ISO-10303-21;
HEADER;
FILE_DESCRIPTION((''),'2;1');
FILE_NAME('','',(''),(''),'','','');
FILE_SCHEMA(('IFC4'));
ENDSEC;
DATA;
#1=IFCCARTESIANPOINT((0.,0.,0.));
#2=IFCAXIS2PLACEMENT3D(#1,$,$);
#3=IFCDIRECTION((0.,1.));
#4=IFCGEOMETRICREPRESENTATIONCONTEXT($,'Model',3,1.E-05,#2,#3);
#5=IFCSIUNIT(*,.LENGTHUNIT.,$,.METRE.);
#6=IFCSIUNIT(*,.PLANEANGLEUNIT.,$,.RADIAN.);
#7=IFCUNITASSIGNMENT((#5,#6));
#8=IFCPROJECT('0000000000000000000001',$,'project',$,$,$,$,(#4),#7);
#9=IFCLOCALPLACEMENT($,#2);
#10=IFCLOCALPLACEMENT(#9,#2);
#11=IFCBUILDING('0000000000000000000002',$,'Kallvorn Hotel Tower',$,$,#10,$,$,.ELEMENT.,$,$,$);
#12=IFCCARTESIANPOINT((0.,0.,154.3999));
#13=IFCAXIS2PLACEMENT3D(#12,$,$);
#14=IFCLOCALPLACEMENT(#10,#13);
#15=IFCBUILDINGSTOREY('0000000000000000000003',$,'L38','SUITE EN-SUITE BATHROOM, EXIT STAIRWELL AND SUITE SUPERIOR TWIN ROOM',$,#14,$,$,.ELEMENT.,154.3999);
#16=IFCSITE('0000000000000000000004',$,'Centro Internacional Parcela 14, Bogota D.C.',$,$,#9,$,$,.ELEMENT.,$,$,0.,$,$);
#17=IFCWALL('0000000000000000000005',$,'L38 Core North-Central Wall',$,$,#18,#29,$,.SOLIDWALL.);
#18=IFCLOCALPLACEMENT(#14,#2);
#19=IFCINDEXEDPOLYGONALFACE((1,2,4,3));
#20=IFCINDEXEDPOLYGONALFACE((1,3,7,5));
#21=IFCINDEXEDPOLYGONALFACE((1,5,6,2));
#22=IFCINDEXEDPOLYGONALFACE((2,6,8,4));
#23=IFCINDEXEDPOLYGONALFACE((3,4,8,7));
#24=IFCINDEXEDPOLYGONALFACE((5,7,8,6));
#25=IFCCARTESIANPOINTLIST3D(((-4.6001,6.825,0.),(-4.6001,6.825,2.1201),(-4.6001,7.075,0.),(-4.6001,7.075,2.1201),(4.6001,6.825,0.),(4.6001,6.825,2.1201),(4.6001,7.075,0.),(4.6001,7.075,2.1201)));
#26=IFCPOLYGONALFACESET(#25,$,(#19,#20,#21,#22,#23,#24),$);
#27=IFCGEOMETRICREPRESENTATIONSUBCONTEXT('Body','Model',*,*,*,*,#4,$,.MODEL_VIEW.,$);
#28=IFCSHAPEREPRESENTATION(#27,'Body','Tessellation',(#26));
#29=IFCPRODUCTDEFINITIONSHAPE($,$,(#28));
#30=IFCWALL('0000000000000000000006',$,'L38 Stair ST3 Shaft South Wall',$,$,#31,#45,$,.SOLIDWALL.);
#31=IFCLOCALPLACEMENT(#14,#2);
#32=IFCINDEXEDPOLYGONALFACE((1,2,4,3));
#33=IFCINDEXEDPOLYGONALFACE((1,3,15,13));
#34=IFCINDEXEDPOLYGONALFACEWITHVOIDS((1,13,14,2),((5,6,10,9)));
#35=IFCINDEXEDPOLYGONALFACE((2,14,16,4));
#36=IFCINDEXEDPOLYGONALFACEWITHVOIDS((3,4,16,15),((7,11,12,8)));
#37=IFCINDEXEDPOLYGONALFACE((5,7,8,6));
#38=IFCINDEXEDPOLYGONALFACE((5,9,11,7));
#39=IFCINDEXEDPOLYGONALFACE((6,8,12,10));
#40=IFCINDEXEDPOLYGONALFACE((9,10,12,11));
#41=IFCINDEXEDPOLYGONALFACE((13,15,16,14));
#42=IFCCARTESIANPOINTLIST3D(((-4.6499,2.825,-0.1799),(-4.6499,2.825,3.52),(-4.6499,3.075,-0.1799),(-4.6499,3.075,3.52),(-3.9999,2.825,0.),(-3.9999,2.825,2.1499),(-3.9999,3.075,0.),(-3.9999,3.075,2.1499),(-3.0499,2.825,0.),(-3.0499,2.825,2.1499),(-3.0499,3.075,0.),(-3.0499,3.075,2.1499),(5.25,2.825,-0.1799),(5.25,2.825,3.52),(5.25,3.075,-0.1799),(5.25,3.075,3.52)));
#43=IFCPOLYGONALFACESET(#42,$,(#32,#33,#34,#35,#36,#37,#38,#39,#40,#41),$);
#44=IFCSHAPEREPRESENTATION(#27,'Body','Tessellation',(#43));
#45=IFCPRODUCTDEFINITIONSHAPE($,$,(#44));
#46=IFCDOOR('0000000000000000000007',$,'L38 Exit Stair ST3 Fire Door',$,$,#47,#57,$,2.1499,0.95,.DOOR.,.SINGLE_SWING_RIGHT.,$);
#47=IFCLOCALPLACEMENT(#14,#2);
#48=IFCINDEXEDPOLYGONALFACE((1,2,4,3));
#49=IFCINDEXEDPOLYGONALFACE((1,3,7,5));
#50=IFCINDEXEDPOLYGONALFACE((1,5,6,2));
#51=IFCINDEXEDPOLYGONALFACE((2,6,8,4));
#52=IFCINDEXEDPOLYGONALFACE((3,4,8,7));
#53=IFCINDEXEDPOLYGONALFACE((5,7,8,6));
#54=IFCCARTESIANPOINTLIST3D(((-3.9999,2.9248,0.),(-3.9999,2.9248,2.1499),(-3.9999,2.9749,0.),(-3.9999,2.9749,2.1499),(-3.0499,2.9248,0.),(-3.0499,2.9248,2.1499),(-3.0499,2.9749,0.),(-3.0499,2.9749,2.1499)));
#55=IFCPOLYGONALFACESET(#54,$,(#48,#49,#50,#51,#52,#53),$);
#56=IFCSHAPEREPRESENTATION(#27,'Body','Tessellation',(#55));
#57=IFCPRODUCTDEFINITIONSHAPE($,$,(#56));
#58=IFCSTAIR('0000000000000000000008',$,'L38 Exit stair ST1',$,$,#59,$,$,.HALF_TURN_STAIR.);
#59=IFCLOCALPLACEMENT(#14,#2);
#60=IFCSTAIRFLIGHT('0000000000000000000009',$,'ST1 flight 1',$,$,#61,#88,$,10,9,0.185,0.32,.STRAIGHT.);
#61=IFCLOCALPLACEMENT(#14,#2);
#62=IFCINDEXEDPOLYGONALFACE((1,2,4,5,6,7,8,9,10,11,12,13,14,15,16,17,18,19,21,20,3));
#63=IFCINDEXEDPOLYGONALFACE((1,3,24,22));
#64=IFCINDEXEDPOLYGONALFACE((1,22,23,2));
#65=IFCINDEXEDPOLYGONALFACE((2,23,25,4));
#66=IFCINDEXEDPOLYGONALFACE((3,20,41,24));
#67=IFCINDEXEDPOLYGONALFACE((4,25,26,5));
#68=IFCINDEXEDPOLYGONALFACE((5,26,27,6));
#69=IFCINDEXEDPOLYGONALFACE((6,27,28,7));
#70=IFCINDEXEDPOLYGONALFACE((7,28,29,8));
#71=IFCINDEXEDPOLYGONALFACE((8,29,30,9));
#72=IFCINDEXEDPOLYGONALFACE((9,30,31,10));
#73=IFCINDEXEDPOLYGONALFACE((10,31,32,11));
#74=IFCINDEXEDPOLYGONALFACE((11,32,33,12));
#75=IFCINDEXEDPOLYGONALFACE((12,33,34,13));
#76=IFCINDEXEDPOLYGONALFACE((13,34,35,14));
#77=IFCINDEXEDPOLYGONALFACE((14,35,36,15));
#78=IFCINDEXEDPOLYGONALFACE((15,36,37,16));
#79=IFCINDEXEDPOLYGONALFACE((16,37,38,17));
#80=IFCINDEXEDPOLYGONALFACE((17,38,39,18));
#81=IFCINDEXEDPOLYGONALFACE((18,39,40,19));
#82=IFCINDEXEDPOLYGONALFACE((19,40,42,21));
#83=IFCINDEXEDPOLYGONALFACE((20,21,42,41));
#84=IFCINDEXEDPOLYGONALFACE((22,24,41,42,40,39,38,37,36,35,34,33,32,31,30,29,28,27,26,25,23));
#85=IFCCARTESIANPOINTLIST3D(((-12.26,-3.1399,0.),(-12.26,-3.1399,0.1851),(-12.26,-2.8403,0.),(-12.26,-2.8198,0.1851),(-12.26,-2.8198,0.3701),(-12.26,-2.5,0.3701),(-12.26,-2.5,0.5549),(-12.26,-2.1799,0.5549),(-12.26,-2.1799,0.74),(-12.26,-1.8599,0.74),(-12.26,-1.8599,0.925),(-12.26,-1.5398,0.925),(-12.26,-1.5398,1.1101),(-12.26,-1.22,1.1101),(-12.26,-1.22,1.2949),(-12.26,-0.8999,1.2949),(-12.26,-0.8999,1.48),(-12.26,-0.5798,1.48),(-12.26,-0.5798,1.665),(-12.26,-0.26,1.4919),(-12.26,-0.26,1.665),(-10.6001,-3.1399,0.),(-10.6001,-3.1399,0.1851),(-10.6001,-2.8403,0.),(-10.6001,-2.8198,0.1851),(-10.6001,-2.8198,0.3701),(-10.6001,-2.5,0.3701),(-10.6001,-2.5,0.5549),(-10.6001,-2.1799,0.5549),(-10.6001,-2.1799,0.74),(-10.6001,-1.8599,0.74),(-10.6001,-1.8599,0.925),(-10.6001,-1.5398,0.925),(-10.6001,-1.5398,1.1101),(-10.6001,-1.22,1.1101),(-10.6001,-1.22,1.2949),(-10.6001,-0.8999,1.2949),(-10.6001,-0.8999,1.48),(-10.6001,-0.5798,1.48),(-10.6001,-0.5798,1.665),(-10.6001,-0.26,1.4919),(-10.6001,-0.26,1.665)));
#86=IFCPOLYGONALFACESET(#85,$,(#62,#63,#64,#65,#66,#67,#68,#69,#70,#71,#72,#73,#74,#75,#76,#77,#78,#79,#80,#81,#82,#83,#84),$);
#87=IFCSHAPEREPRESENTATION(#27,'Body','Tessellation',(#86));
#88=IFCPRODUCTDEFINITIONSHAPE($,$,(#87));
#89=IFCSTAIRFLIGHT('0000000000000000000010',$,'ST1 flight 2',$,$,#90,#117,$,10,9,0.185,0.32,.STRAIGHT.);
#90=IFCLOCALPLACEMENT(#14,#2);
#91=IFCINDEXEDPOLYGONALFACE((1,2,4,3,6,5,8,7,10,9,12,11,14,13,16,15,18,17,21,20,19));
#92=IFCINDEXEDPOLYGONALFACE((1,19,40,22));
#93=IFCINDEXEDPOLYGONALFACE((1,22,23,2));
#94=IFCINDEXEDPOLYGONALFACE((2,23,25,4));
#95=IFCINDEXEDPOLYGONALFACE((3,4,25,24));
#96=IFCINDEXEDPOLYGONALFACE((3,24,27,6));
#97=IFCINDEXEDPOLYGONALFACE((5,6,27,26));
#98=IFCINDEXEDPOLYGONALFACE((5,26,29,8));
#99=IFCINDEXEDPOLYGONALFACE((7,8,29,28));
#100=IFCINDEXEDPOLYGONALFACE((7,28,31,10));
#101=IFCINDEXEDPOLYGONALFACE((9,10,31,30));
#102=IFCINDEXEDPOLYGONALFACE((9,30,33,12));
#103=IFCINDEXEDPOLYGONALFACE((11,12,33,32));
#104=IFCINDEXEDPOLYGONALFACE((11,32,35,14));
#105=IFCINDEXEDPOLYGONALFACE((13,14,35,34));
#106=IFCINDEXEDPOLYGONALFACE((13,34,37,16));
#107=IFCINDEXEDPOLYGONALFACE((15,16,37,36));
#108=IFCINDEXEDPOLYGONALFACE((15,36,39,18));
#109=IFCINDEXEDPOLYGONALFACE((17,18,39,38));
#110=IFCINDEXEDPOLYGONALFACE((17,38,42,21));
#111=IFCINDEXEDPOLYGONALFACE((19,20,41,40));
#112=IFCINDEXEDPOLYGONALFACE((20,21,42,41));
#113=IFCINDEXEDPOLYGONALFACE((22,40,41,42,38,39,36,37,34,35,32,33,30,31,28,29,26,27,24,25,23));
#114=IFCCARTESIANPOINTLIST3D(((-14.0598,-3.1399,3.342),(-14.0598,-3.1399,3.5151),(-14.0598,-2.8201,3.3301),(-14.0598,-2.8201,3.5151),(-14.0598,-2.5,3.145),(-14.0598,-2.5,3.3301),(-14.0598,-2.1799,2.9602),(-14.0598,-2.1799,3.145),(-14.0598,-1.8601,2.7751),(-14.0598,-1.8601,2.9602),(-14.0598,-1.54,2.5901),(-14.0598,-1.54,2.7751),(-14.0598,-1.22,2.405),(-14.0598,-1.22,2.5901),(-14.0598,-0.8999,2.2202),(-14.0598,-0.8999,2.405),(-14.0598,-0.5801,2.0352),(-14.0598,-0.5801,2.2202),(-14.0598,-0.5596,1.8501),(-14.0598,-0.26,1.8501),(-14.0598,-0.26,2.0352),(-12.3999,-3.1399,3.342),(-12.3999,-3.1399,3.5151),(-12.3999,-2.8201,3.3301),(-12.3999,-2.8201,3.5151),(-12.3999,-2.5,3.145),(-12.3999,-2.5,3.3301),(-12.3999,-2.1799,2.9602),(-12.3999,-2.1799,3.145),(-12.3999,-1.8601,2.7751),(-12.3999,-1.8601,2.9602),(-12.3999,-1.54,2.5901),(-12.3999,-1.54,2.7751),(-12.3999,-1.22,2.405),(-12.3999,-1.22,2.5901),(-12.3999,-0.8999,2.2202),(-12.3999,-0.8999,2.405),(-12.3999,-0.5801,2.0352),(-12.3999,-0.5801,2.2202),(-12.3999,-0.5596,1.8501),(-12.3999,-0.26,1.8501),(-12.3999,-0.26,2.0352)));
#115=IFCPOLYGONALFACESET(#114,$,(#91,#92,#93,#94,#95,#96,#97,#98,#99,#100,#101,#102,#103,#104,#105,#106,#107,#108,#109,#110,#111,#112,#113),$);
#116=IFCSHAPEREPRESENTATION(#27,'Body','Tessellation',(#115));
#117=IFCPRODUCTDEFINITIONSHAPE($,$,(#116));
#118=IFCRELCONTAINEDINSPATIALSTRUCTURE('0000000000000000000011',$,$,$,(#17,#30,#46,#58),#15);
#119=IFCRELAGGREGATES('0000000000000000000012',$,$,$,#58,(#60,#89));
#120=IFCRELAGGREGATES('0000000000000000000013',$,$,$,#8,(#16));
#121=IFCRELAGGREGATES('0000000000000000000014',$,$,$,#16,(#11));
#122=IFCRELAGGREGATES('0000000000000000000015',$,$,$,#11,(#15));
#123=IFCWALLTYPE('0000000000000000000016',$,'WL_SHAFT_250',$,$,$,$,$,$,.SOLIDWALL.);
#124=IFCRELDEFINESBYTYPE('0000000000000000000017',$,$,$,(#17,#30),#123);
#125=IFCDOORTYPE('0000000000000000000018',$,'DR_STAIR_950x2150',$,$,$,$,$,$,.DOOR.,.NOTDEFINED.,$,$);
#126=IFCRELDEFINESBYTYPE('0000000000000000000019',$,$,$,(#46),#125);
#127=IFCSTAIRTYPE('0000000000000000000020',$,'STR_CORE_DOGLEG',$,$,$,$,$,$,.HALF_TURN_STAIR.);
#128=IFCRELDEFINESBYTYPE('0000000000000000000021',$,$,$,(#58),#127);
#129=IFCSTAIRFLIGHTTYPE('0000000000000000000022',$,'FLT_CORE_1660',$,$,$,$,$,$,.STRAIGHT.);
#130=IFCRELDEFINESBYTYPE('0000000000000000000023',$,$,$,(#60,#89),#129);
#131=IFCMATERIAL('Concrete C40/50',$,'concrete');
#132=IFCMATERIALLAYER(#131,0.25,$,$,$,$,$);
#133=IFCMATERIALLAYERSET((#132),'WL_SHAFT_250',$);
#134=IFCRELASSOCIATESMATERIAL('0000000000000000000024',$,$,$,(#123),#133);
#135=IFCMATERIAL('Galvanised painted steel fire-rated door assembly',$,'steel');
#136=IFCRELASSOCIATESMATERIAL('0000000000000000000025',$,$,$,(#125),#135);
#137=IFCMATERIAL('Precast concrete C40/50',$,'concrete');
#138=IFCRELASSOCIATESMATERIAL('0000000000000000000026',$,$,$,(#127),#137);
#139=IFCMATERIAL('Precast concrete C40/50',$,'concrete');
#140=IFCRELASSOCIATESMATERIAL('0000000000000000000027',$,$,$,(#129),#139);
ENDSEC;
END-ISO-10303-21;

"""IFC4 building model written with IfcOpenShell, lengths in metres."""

from ifc_helpers import new_model, si_unit, direction, frame, frame_2d, origin, place, context, subcontext, project, spatial, polyline, rectangle, outline, extrude, material, layer, layer_set, type_object, element, fill, aggregate, save


model = new_model("IFC4")

# Units and contexts
model_context = context("Model", 3, precision=1e-05, world=origin(), true_north=direction((0.0, 1.0)))
body_context = subcontext(model_context, "Body", "Model", "MODEL_VIEW")
ifc_project = project(units=[si_unit("LENGTHUNIT", "METRE"), si_unit("PLANEANGLEUNIT", "RADIAN")], contexts=[model_context])

# Site, building, storey
site_placement = place(None, origin())
site = spatial("IfcSite", under=ifc_project, at=site_placement, Name="Centro Internacional Parcela 14, Bogota D.C.", CompositionType="ELEMENT", RefElevation=0.0)
building_placement = place(site_placement, origin())
building = spatial("IfcBuilding", under=site, at=building_placement, Name="Kallvorn Hotel Tower", CompositionType="ELEMENT")
storey_placement = place(building_placement, frame((0.0, 0.0, 154.3999)))
storey = spatial("IfcBuildingStorey", under=building, at=storey_placement, Name="L38", Description="SUITE EN-SUITE BATHROOM, EXIT STAIRWELL AND SUITE SUPERIOR TWIN ROOM", CompositionType="ELEMENT", Elevation=154.3999)

# Shared definitions
ifc_material_1 = material(Name="Concrete C40/50", Category="concrete")
ifc_layer_1 = layer(ifc_material_1, 0.25)
ifc_layer_set_1 = layer_set([ifc_layer_1], Name="WL_SHAFT_250")
wall_type_1 = type_object("IfcWallType", Name="WL_SHAFT_250", PredefinedType="SOLIDWALL", material=ifc_layer_set_1)

# Wall
wall_1_placement = place(storey_placement, frame((-4.6001, 6.95, 0.0), z_axis=(0.0, 0.0, 1.0), x_axis=(1.0, 0.0, 0.0)))
element("IfcWall", 1, at=wall_1_placement, inside=storey, type_object=wall_type_1, Name="L38 Core North-Central Wall", PredefinedType="SOLIDWALL", context=body_context, shape_type="SweptSolid", body=[
    extrude(rectangle(XDim=9.2002, YDim=0.25, at=frame_2d((4.6001, 0.0))), origin(), (0.0, 0.0, 1.0), 2.1201),
])

# Wall, opening, door
wall_2_placement = place(storey_placement, frame((-4.6499, 2.95, -0.1799), z_axis=(0.0, 0.0, 1.0), x_axis=(1.0, 0.0, 0.0)))
wall_2 = element("IfcWall", 2, at=wall_2_placement, inside=storey, type_object=wall_type_1, Name="L38 Stair ST3 Shaft South Wall", PredefinedType="SOLIDWALL", context=body_context, shape_type="SweptSolid", body=[
    extrude(rectangle(XDim=9.8999, YDim=0.25, at=frame_2d((4.95, 0.0))), origin(), (0.0, 0.0, 1.0), 3.7),
])
opening_1_placement = place(wall_2_placement, frame((0.6499, 0.0, 0.1799)))
opening_1 = element("IfcOpeningElement", 3, at=opening_1_placement, cuts=wall_2, PredefinedType="OPENING", context=body_context, shape_type="SweptSolid", body=[
    extrude(rectangle(XDim=0.95, YDim=2.1499, at=frame_2d((0.4751, 1.075))), frame((0.0, 0.1399, 0.0), z_axis=(0.0, -1.0, 0.0), x_axis=(1.0, 0.0, 0.0)), (0.0, 0.0, 1.0), 0.28),
])
ifc_material_2 = material(Name="Galvanised painted steel fire-rated door assembly", Category="steel")
door_type_1 = type_object("IfcDoorType", Name="DR_STAIR_950x2150", OperationType="NOTDEFINED", PredefinedType="DOOR", material=ifc_material_2)
door_1_placement = place(opening_1_placement, origin())
door_1 = element("IfcDoor", 4, at=door_1_placement, inside=storey, type_object=door_type_1, Name="L38 Exit Stair ST3 Fire Door", OperationType="SINGLE_SWING_RIGHT", OverallHeight=2.1499, OverallWidth=0.95, PredefinedType="DOOR", context=body_context, shape_type="SweptSolid", body=[
    extrude(rectangle(XDim=0.95, YDim=2.1499, at=frame_2d((0.4751, 1.075))), frame((0.0, 0.0249, 0.0), z_axis=(0.0, -1.0, 0.0), x_axis=(1.0, 0.0, 0.0)), (0.0, 0.0, 1.0), 0.05),
])
fill(opening_1, door_1)

# Stair, stair flights
ifc_material_3 = material(Name="Precast concrete C40/50", Category="concrete")
stair_type = type_object("IfcStairType", Name="STR_CORE_DOGLEG", PredefinedType="HALF_TURN_STAIR", material=ifc_material_3)
stair_placement = place(storey_placement, origin())
stair = element("IfcStair", 5, at=stair_placement, inside=storey, type_object=stair_type, Name="L38 Exit stair ST1", PredefinedType="HALF_TURN_STAIR")
ifc_material_4 = material(Name="Precast concrete C40/50", Category="concrete")
stair_flight_type = type_object("IfcStairFlightType", Name="FLT_CORE_1660", PredefinedType="STRAIGHT", material=ifc_material_4)
stair_flight_1_placement = place(storey_placement, frame((-11.4299, -3.1399, 0.0), z_axis=(0.0, 0.0, 1.0), x_axis=(0.0, 1.0, 0.0)))
stair_flight_1 = element("IfcStairFlight", 6, at=stair_flight_1_placement, type_object=stair_flight_type, Name="ST1 flight 1", NumberOfRisers=10, NumberOfTreads=9, PredefinedType="STRAIGHT", RiserHeight=0.185, TreadLength=0.32, context=body_context, shape_type="SweptSolid", body=[
    extrude(outline(polyline([(0.0, 0.0), (0.0, 0.1851), (0.3201, 0.1851), (0.3201, 0.3701), (0.6399, 0.3701), (0.6399, 0.5549), (0.96, 0.5549), (0.96, 0.74), (1.28, 0.74), (1.28, 0.925), (1.6001, 0.925), (1.6001, 1.1101), (1.9199, 1.1101), (1.9199, 1.2949), (2.24, 1.2949), (2.24, 1.48), (2.5601, 1.48), (2.5601, 1.665), (2.8799, 1.665), (2.8799, 1.8501), (2.8799, 1.4919), (0.2996, 0.0), (0.0, 0.0)])), frame((0.0, 0.8301, 0.0), z_axis=(0.0, -1.0, 0.0), x_axis=(1.0, 0.0, 0.0)), (0.0, 0.0, 1.0), 1.6599),
])
stair_flight_2_placement = place(storey_placement, frame((-13.23, -0.26, 1.8501), z_axis=(0.0, 0.0, 1.0), x_axis=(0.0, -1.0, 0.0)))
stair_flight_2 = element("IfcStairFlight", 7, at=stair_flight_2_placement, type_object=stair_flight_type, Name="ST1 flight 2", NumberOfRisers=10, NumberOfTreads=9, PredefinedType="STRAIGHT", RiserHeight=0.185, TreadLength=0.32, context=body_context, shape_type="SweptSolid", body=[
    extrude(outline(polyline([(0.0, 0.0), (0.0, 0.1851), (0.3201, 0.1851), (0.3201, 0.3701), (0.6399, 0.3701), (0.6399, 0.5549), (0.96, 0.5549), (0.96, 0.74), (1.28, 0.74), (1.28, 0.925), (1.6001, 0.925), (1.6001, 1.1101), (1.9199, 1.1101), (1.9199, 1.2949), (2.24, 1.2949), (2.24, 1.48), (2.5601, 1.48), (2.5601, 1.665), (2.8799, 1.665), (2.8799, 1.8501), (2.8799, 1.4919), (0.2996, 0.0), (0.0, 0.0)])), frame((0.0, 0.8301, 0.0), z_axis=(0.0, -1.0, 0.0), x_axis=(1.0, 0.0, 0.0)), (0.0, 0.0, 1.0), 1.6599),
])
aggregate(stair, [stair_flight_1, stair_flight_2])

save(model, "model.ifc")
